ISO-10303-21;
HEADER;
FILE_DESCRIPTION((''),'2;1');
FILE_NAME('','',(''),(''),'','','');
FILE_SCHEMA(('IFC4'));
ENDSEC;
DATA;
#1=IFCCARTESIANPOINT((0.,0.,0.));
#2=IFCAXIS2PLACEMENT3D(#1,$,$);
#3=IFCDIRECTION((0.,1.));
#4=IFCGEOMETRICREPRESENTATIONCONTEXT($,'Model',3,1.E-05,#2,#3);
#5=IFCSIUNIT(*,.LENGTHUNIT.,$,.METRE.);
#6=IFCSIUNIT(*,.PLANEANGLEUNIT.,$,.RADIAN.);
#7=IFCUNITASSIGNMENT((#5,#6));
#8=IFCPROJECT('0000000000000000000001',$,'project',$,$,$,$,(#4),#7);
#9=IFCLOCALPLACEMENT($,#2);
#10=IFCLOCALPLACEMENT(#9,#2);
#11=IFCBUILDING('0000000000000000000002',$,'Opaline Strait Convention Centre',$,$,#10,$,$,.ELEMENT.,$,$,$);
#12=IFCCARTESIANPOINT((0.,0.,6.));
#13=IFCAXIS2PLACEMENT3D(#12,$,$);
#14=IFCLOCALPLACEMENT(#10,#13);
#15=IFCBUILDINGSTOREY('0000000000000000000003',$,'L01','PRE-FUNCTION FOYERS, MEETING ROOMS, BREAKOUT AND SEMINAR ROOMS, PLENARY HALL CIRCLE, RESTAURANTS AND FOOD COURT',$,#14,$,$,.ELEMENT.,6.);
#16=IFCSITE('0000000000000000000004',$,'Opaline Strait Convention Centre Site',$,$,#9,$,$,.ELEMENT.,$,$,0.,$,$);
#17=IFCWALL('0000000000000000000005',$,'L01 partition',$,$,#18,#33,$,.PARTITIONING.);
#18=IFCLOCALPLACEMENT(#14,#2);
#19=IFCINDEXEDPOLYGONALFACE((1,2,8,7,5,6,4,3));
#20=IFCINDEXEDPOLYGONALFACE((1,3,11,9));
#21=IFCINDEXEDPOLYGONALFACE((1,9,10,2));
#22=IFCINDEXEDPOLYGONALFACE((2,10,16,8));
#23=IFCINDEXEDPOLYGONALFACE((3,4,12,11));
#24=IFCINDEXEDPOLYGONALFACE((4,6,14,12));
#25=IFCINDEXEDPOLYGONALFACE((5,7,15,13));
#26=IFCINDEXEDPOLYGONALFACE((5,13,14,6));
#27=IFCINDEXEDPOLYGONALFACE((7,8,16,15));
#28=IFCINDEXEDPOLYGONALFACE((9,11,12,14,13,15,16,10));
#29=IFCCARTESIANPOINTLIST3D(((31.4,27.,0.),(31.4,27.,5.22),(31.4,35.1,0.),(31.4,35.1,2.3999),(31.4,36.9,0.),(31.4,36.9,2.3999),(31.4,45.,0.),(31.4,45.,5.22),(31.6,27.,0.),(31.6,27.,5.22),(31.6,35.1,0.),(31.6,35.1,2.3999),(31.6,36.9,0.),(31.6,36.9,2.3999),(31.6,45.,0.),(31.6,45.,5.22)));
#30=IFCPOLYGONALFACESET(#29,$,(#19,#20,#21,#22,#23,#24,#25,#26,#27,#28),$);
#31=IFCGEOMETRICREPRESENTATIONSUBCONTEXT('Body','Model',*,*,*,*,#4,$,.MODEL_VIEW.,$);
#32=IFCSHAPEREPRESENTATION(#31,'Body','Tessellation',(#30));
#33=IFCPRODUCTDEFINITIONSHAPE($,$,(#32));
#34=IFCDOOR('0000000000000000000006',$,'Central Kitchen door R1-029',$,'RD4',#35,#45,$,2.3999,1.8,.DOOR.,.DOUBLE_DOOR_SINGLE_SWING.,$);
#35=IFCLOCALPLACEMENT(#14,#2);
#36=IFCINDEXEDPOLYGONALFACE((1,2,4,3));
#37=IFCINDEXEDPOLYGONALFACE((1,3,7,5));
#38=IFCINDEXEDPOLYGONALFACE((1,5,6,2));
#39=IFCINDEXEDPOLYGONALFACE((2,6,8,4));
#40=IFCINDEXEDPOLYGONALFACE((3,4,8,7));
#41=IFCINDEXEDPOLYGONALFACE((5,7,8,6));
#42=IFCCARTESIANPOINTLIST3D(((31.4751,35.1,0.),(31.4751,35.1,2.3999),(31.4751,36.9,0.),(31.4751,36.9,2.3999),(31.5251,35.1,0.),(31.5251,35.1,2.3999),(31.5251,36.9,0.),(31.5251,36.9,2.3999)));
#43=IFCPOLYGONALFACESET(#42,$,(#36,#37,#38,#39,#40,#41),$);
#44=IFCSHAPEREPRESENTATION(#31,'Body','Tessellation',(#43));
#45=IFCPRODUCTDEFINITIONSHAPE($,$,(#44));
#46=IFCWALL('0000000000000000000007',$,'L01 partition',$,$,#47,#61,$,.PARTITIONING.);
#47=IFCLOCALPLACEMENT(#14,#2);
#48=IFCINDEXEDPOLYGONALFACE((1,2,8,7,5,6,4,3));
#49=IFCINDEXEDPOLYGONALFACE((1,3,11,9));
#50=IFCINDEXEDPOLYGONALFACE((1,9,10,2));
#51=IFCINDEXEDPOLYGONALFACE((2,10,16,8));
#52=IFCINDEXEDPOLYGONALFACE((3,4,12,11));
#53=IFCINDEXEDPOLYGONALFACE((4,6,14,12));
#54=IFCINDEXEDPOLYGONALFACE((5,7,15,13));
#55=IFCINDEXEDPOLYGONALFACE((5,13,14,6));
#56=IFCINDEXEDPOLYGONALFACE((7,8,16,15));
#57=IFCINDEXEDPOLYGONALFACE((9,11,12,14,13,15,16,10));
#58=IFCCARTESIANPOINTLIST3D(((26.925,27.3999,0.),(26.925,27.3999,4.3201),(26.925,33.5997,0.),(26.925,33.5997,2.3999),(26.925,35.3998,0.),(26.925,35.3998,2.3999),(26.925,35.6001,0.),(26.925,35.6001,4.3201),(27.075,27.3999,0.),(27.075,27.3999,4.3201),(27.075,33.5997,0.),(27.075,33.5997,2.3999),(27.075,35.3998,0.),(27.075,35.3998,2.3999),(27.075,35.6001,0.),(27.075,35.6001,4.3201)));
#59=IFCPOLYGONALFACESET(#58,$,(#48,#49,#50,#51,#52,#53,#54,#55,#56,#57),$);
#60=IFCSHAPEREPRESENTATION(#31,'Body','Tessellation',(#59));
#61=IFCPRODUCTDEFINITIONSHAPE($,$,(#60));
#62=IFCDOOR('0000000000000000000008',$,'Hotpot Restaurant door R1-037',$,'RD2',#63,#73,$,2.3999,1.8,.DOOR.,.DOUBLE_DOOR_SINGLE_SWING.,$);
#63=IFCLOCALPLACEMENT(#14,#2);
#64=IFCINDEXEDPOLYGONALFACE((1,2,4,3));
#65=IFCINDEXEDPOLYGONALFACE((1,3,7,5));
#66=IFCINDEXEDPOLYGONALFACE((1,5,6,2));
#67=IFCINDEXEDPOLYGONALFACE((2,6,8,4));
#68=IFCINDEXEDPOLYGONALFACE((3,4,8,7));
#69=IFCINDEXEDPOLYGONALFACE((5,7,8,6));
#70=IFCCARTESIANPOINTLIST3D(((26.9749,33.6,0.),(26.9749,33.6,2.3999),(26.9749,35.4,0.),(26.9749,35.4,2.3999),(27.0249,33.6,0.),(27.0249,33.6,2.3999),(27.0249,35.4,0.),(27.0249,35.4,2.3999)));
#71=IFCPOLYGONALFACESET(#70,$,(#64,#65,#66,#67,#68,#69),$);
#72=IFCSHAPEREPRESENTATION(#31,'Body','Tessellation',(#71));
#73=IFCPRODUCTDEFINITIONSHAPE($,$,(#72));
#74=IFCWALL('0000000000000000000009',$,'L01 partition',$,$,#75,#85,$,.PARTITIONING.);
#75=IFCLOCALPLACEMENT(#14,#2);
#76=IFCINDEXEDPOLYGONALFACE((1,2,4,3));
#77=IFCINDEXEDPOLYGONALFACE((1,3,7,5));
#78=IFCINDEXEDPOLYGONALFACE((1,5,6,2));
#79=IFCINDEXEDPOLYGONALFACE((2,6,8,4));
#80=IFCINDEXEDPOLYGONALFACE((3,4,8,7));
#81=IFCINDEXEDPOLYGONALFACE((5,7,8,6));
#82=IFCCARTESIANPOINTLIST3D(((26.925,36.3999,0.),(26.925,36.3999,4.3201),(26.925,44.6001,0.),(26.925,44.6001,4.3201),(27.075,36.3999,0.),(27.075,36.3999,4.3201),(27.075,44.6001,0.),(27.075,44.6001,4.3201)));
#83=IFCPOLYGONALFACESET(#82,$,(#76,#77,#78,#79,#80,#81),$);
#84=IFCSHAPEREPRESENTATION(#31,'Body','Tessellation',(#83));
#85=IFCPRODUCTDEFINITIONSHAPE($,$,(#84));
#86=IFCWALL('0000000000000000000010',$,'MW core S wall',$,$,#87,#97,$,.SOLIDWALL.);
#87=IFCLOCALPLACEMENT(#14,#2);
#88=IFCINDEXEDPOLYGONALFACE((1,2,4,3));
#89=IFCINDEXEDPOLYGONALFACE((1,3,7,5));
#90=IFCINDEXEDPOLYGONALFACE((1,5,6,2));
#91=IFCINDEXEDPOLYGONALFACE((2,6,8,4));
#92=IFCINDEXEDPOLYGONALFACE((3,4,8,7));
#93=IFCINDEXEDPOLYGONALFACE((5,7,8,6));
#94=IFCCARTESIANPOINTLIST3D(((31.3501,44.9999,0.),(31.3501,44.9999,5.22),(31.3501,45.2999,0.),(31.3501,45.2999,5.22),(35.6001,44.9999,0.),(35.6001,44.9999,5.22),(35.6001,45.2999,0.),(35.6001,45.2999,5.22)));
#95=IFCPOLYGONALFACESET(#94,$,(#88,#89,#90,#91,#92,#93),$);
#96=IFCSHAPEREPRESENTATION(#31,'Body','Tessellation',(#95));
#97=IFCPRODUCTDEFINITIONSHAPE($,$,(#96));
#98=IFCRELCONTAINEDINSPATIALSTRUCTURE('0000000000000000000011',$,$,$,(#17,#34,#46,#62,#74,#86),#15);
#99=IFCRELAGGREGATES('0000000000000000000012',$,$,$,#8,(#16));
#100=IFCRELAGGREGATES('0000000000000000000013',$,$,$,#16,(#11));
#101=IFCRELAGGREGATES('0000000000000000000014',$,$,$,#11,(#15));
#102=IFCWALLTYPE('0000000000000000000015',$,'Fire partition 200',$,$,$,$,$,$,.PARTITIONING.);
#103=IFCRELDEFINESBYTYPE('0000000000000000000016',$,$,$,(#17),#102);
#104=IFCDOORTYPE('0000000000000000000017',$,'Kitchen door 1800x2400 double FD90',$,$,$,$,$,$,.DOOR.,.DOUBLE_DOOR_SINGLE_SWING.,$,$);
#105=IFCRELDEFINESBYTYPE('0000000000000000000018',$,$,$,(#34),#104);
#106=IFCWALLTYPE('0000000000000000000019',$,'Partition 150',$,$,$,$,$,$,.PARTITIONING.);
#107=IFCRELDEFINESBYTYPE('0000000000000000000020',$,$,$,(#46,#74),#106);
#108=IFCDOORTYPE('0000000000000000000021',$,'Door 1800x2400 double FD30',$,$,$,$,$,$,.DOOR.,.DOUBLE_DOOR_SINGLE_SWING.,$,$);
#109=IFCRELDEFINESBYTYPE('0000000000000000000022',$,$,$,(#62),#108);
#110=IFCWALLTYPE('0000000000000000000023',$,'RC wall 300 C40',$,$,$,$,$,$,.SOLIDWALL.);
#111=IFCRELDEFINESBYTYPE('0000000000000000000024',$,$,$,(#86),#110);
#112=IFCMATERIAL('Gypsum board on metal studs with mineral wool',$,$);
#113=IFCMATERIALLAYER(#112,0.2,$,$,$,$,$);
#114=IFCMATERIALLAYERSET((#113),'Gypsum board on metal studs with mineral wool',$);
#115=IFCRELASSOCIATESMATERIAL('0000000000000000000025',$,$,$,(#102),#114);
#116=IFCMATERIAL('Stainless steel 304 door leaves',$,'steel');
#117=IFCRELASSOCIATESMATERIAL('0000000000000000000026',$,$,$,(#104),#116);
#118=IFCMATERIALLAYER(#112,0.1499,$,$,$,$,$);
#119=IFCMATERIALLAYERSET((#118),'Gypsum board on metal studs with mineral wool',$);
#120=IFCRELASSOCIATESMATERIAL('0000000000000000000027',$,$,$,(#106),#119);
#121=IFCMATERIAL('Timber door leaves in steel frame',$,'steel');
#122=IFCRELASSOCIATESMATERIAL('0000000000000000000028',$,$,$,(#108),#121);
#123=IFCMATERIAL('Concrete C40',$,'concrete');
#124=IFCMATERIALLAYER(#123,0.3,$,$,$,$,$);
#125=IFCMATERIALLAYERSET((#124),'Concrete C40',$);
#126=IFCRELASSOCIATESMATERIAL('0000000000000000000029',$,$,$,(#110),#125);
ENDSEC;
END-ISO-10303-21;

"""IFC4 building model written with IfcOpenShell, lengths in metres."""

from ifc_helpers import new_model, si_unit, direction, frame, frame_2d, origin, place, context, subcontext, project, spatial, rectangle, extrude, material, layer, layer_set, type_object, element, fill, save


model = new_model("IFC4")

# Units and contexts
model_context = context("Model", 3, precision=1e-05, world=origin(), true_north=direction((0.0, 1.0)))
body_context = subcontext(model_context, "Body", "Model", "MODEL_VIEW")
ifc_project = project(units=[si_unit("LENGTHUNIT", "METRE"), si_unit("PLANEANGLEUNIT", "RADIAN")], contexts=[model_context])

# Site, building, storey
site_placement = place(None, origin())
site = spatial("IfcSite", under=ifc_project, at=site_placement, Name="Opaline Strait Convention Centre Site", CompositionType="ELEMENT", RefElevation=0.0)
building_placement = place(site_placement, origin())
building = spatial("IfcBuilding", under=site, at=building_placement, Name="Opaline Strait Convention Centre", CompositionType="ELEMENT")
storey_placement = place(building_placement, frame((0.0, 0.0, 6.0)))
storey = spatial("IfcBuildingStorey", under=building, at=storey_placement, Name="L01", Description="PRE-FUNCTION FOYERS, MEETING ROOMS, BREAKOUT AND SEMINAR ROOMS, PLENARY HALL CIRCLE, RESTAURANTS AND FOOD COURT", CompositionType="ELEMENT", Elevation=6.0)

# Shared definitions
ifc_material_1 = material(Name="Concrete C40", Category="concrete")

# Shared definitions
ifc_material_2 = material(Name="Gypsum board on metal studs with mineral wool")
ifc_layer_1 = layer(ifc_material_2, 0.2)
ifc_layer_set_1 = layer_set([ifc_layer_1], Name="Gypsum board on metal studs with mineral wool")
wall_type_1 = type_object("IfcWallType", Name="Fire partition 200", PredefinedType="PARTITIONING", material=ifc_layer_set_1)

# Walls, openings, doors
ifc_material_3 = material(Name="Stainless steel 304 door leaves", Category="steel")
door_type_1 = type_object("IfcDoorType", Name="Kitchen door 1800x2400 double FD90", OperationType="DOUBLE_DOOR_SINGLE_SWING", PredefinedType="DOOR", material=ifc_material_3)
wall_1_placement = place(storey_placement, frame((31.5, 27.0, 0.0), z_axis=(0.0, 0.0, 1.0), x_axis=(0.0, 1.0, 0.0)))
wall_1 = element("IfcWall", 1, at=wall_1_placement, inside=storey, type_object=wall_type_1, Name="L01 partition", PredefinedType="PARTITIONING", context=body_context, shape_type="SweptSolid", body=[
    extrude(rectangle(XDim=18.0, YDim=0.2, at=frame_2d((9.0, 0.0))), origin(), (0.0, 0.0, 1.0), 5.22),
])
opening_1_placement = place(wall_1_placement, frame((8.1001, 0.0, 0.0)))
opening_1 = element("IfcOpeningElement", 2, at=opening_1_placement, cuts=wall_1, PredefinedType="OPENING", context=body_context, shape_type="SweptSolid", body=[
    extrude(rectangle(XDim=1.8, YDim=2.3999, at=frame_2d((0.8999, 1.2))), frame((0.0, 0.1099, 0.0), z_axis=(0.0, -1.0, 0.0), x_axis=(1.0, 0.0, 0.0)), (0.0, 0.0, 1.0), 0.22),
])
door_1_placement = place(opening_1_placement, origin())
door_1 = element("IfcDoor", 3, at=door_1_placement, inside=storey, type_object=door_type_1, Name="Central Kitchen door R1-029", ObjectType="RD4", OperationType="DOUBLE_DOOR_SINGLE_SWING", OverallHeight=2.3999, OverallWidth=1.8, PredefinedType="DOOR", context=body_context, shape_type="SweptSolid", body=[
    extrude(rectangle(XDim=1.8, YDim=2.3999, at=frame_2d((0.8999, 1.2))), frame((0.0, 0.0249, 0.0), z_axis=(0.0, -1.0, 0.0), x_axis=(1.0, 0.0, 0.0)), (0.0, 0.0, 1.0), 0.05),
])
fill(opening_1, door_1)
ifc_layer_2 = layer(ifc_material_2, 0.1499)
ifc_layer_set_2 = layer_set([ifc_layer_2], Name="Gypsum board on metal studs with mineral wool")
wall_type_2 = type_object("IfcWallType", Name="Partition 150", PredefinedType="PARTITIONING", material=ifc_layer_set_2)
wall_2_placement = place(storey_placement, frame((27.0, 27.3999, 0.0), z_axis=(0.0, 0.0, 1.0), x_axis=(0.0, 1.0, 0.0)))
wall_2 = element("IfcWall", 4, at=wall_2_placement, inside=storey, type_object=wall_type_2, Name="L01 partition", PredefinedType="PARTITIONING", context=body_context, shape_type="SweptSolid", body=[
    extrude(rectangle(XDim=8.2002, YDim=0.1499, at=frame_2d((4.1001, 0.0))), origin(), (0.0, 0.0, 1.0), 4.3201),
])
opening_2_placement = place(wall_2_placement, frame((6.2, 0.0, 0.0)))
opening_2 = element("IfcOpeningElement", 5, at=opening_2_placement, cuts=wall_2, PredefinedType="OPENING", context=body_context, shape_type="SweptSolid", body=[
    extrude(rectangle(XDim=1.8, YDim=2.3999, at=frame_2d((0.8999, 1.2))), frame((0.0, 0.085, 0.0), z_axis=(0.0, -1.0, 0.0), x_axis=(1.0, 0.0, 0.0)), (0.0, 0.0, 1.0), 0.1699),
])
ifc_material_4 = material(Name="Timber door leaves in steel frame", Category="steel")
door_type_2 = type_object("IfcDoorType", Name="Door 1800x2400 double FD30", OperationType="DOUBLE_DOOR_SINGLE_SWING", PredefinedType="DOOR", material=ifc_material_4)
door_2_placement = place(opening_2_placement, frame((1.8, 0.0, 0.0), z_axis=(0.0, 0.0, 1.0), x_axis=(-1.0, 0.0, 0.0)))
door_2 = element("IfcDoor", 6, at=door_2_placement, inside=storey, type_object=door_type_2, Name="Hotpot Restaurant door R1-037", ObjectType="RD2", OperationType="DOUBLE_DOOR_SINGLE_SWING", OverallHeight=2.3999, OverallWidth=1.8, PredefinedType="DOOR", context=body_context, shape_type="SweptSolid", body=[
    extrude(rectangle(XDim=1.8, YDim=2.3999, at=frame_2d((0.8999, 1.2))), frame((0.0, 0.0249, 0.0), z_axis=(0.0, -1.0, 0.0), x_axis=(1.0, 0.0, 0.0)), (0.0, 0.0, 1.0), 0.05),
])
fill(opening_2, door_2)

# Wall
wall_3_placement = place(storey_placement, frame((27.0, 36.3999, 0.0), z_axis=(0.0, 0.0, 1.0), x_axis=(0.0, 1.0, 0.0)))
element("IfcWall", 7, at=wall_3_placement, inside=storey, type_object=wall_type_2, Name="L01 partition", PredefinedType="PARTITIONING", context=body_context, shape_type="SweptSolid", body=[
    extrude(rectangle(XDim=8.2002, YDim=0.1499, at=frame_2d((4.1001, 0.0))), origin(), (0.0, 0.0, 1.0), 4.3201),
])

# Shared definitions
ifc_layer_3 = layer(ifc_material_1, 0.3)
ifc_layer_set_3 = layer_set([ifc_layer_3], Name="Concrete C40")
wall_type_3 = type_object("IfcWallType", Name="RC wall 300 C40", PredefinedType="SOLIDWALL", material=ifc_layer_set_3)

# Wall
wall_4_placement = place(storey_placement, frame((31.3501, 45.1499, 0.0), z_axis=(0.0, 0.0, 1.0), x_axis=(1.0, 0.0, 0.0)))
element("IfcWall", 8, at=wall_4_placement, inside=storey, type_object=wall_type_3, Name="MW core S wall", PredefinedType="SOLIDWALL", context=body_context, shape_type="SweptSolid", body=[
    extrude(rectangle(XDim=4.25, YDim=0.3, at=frame_2d((2.125, 0.0))), origin(), (0.0, 0.0, 1.0), 5.22),
])

save(model, "model.ifc")
